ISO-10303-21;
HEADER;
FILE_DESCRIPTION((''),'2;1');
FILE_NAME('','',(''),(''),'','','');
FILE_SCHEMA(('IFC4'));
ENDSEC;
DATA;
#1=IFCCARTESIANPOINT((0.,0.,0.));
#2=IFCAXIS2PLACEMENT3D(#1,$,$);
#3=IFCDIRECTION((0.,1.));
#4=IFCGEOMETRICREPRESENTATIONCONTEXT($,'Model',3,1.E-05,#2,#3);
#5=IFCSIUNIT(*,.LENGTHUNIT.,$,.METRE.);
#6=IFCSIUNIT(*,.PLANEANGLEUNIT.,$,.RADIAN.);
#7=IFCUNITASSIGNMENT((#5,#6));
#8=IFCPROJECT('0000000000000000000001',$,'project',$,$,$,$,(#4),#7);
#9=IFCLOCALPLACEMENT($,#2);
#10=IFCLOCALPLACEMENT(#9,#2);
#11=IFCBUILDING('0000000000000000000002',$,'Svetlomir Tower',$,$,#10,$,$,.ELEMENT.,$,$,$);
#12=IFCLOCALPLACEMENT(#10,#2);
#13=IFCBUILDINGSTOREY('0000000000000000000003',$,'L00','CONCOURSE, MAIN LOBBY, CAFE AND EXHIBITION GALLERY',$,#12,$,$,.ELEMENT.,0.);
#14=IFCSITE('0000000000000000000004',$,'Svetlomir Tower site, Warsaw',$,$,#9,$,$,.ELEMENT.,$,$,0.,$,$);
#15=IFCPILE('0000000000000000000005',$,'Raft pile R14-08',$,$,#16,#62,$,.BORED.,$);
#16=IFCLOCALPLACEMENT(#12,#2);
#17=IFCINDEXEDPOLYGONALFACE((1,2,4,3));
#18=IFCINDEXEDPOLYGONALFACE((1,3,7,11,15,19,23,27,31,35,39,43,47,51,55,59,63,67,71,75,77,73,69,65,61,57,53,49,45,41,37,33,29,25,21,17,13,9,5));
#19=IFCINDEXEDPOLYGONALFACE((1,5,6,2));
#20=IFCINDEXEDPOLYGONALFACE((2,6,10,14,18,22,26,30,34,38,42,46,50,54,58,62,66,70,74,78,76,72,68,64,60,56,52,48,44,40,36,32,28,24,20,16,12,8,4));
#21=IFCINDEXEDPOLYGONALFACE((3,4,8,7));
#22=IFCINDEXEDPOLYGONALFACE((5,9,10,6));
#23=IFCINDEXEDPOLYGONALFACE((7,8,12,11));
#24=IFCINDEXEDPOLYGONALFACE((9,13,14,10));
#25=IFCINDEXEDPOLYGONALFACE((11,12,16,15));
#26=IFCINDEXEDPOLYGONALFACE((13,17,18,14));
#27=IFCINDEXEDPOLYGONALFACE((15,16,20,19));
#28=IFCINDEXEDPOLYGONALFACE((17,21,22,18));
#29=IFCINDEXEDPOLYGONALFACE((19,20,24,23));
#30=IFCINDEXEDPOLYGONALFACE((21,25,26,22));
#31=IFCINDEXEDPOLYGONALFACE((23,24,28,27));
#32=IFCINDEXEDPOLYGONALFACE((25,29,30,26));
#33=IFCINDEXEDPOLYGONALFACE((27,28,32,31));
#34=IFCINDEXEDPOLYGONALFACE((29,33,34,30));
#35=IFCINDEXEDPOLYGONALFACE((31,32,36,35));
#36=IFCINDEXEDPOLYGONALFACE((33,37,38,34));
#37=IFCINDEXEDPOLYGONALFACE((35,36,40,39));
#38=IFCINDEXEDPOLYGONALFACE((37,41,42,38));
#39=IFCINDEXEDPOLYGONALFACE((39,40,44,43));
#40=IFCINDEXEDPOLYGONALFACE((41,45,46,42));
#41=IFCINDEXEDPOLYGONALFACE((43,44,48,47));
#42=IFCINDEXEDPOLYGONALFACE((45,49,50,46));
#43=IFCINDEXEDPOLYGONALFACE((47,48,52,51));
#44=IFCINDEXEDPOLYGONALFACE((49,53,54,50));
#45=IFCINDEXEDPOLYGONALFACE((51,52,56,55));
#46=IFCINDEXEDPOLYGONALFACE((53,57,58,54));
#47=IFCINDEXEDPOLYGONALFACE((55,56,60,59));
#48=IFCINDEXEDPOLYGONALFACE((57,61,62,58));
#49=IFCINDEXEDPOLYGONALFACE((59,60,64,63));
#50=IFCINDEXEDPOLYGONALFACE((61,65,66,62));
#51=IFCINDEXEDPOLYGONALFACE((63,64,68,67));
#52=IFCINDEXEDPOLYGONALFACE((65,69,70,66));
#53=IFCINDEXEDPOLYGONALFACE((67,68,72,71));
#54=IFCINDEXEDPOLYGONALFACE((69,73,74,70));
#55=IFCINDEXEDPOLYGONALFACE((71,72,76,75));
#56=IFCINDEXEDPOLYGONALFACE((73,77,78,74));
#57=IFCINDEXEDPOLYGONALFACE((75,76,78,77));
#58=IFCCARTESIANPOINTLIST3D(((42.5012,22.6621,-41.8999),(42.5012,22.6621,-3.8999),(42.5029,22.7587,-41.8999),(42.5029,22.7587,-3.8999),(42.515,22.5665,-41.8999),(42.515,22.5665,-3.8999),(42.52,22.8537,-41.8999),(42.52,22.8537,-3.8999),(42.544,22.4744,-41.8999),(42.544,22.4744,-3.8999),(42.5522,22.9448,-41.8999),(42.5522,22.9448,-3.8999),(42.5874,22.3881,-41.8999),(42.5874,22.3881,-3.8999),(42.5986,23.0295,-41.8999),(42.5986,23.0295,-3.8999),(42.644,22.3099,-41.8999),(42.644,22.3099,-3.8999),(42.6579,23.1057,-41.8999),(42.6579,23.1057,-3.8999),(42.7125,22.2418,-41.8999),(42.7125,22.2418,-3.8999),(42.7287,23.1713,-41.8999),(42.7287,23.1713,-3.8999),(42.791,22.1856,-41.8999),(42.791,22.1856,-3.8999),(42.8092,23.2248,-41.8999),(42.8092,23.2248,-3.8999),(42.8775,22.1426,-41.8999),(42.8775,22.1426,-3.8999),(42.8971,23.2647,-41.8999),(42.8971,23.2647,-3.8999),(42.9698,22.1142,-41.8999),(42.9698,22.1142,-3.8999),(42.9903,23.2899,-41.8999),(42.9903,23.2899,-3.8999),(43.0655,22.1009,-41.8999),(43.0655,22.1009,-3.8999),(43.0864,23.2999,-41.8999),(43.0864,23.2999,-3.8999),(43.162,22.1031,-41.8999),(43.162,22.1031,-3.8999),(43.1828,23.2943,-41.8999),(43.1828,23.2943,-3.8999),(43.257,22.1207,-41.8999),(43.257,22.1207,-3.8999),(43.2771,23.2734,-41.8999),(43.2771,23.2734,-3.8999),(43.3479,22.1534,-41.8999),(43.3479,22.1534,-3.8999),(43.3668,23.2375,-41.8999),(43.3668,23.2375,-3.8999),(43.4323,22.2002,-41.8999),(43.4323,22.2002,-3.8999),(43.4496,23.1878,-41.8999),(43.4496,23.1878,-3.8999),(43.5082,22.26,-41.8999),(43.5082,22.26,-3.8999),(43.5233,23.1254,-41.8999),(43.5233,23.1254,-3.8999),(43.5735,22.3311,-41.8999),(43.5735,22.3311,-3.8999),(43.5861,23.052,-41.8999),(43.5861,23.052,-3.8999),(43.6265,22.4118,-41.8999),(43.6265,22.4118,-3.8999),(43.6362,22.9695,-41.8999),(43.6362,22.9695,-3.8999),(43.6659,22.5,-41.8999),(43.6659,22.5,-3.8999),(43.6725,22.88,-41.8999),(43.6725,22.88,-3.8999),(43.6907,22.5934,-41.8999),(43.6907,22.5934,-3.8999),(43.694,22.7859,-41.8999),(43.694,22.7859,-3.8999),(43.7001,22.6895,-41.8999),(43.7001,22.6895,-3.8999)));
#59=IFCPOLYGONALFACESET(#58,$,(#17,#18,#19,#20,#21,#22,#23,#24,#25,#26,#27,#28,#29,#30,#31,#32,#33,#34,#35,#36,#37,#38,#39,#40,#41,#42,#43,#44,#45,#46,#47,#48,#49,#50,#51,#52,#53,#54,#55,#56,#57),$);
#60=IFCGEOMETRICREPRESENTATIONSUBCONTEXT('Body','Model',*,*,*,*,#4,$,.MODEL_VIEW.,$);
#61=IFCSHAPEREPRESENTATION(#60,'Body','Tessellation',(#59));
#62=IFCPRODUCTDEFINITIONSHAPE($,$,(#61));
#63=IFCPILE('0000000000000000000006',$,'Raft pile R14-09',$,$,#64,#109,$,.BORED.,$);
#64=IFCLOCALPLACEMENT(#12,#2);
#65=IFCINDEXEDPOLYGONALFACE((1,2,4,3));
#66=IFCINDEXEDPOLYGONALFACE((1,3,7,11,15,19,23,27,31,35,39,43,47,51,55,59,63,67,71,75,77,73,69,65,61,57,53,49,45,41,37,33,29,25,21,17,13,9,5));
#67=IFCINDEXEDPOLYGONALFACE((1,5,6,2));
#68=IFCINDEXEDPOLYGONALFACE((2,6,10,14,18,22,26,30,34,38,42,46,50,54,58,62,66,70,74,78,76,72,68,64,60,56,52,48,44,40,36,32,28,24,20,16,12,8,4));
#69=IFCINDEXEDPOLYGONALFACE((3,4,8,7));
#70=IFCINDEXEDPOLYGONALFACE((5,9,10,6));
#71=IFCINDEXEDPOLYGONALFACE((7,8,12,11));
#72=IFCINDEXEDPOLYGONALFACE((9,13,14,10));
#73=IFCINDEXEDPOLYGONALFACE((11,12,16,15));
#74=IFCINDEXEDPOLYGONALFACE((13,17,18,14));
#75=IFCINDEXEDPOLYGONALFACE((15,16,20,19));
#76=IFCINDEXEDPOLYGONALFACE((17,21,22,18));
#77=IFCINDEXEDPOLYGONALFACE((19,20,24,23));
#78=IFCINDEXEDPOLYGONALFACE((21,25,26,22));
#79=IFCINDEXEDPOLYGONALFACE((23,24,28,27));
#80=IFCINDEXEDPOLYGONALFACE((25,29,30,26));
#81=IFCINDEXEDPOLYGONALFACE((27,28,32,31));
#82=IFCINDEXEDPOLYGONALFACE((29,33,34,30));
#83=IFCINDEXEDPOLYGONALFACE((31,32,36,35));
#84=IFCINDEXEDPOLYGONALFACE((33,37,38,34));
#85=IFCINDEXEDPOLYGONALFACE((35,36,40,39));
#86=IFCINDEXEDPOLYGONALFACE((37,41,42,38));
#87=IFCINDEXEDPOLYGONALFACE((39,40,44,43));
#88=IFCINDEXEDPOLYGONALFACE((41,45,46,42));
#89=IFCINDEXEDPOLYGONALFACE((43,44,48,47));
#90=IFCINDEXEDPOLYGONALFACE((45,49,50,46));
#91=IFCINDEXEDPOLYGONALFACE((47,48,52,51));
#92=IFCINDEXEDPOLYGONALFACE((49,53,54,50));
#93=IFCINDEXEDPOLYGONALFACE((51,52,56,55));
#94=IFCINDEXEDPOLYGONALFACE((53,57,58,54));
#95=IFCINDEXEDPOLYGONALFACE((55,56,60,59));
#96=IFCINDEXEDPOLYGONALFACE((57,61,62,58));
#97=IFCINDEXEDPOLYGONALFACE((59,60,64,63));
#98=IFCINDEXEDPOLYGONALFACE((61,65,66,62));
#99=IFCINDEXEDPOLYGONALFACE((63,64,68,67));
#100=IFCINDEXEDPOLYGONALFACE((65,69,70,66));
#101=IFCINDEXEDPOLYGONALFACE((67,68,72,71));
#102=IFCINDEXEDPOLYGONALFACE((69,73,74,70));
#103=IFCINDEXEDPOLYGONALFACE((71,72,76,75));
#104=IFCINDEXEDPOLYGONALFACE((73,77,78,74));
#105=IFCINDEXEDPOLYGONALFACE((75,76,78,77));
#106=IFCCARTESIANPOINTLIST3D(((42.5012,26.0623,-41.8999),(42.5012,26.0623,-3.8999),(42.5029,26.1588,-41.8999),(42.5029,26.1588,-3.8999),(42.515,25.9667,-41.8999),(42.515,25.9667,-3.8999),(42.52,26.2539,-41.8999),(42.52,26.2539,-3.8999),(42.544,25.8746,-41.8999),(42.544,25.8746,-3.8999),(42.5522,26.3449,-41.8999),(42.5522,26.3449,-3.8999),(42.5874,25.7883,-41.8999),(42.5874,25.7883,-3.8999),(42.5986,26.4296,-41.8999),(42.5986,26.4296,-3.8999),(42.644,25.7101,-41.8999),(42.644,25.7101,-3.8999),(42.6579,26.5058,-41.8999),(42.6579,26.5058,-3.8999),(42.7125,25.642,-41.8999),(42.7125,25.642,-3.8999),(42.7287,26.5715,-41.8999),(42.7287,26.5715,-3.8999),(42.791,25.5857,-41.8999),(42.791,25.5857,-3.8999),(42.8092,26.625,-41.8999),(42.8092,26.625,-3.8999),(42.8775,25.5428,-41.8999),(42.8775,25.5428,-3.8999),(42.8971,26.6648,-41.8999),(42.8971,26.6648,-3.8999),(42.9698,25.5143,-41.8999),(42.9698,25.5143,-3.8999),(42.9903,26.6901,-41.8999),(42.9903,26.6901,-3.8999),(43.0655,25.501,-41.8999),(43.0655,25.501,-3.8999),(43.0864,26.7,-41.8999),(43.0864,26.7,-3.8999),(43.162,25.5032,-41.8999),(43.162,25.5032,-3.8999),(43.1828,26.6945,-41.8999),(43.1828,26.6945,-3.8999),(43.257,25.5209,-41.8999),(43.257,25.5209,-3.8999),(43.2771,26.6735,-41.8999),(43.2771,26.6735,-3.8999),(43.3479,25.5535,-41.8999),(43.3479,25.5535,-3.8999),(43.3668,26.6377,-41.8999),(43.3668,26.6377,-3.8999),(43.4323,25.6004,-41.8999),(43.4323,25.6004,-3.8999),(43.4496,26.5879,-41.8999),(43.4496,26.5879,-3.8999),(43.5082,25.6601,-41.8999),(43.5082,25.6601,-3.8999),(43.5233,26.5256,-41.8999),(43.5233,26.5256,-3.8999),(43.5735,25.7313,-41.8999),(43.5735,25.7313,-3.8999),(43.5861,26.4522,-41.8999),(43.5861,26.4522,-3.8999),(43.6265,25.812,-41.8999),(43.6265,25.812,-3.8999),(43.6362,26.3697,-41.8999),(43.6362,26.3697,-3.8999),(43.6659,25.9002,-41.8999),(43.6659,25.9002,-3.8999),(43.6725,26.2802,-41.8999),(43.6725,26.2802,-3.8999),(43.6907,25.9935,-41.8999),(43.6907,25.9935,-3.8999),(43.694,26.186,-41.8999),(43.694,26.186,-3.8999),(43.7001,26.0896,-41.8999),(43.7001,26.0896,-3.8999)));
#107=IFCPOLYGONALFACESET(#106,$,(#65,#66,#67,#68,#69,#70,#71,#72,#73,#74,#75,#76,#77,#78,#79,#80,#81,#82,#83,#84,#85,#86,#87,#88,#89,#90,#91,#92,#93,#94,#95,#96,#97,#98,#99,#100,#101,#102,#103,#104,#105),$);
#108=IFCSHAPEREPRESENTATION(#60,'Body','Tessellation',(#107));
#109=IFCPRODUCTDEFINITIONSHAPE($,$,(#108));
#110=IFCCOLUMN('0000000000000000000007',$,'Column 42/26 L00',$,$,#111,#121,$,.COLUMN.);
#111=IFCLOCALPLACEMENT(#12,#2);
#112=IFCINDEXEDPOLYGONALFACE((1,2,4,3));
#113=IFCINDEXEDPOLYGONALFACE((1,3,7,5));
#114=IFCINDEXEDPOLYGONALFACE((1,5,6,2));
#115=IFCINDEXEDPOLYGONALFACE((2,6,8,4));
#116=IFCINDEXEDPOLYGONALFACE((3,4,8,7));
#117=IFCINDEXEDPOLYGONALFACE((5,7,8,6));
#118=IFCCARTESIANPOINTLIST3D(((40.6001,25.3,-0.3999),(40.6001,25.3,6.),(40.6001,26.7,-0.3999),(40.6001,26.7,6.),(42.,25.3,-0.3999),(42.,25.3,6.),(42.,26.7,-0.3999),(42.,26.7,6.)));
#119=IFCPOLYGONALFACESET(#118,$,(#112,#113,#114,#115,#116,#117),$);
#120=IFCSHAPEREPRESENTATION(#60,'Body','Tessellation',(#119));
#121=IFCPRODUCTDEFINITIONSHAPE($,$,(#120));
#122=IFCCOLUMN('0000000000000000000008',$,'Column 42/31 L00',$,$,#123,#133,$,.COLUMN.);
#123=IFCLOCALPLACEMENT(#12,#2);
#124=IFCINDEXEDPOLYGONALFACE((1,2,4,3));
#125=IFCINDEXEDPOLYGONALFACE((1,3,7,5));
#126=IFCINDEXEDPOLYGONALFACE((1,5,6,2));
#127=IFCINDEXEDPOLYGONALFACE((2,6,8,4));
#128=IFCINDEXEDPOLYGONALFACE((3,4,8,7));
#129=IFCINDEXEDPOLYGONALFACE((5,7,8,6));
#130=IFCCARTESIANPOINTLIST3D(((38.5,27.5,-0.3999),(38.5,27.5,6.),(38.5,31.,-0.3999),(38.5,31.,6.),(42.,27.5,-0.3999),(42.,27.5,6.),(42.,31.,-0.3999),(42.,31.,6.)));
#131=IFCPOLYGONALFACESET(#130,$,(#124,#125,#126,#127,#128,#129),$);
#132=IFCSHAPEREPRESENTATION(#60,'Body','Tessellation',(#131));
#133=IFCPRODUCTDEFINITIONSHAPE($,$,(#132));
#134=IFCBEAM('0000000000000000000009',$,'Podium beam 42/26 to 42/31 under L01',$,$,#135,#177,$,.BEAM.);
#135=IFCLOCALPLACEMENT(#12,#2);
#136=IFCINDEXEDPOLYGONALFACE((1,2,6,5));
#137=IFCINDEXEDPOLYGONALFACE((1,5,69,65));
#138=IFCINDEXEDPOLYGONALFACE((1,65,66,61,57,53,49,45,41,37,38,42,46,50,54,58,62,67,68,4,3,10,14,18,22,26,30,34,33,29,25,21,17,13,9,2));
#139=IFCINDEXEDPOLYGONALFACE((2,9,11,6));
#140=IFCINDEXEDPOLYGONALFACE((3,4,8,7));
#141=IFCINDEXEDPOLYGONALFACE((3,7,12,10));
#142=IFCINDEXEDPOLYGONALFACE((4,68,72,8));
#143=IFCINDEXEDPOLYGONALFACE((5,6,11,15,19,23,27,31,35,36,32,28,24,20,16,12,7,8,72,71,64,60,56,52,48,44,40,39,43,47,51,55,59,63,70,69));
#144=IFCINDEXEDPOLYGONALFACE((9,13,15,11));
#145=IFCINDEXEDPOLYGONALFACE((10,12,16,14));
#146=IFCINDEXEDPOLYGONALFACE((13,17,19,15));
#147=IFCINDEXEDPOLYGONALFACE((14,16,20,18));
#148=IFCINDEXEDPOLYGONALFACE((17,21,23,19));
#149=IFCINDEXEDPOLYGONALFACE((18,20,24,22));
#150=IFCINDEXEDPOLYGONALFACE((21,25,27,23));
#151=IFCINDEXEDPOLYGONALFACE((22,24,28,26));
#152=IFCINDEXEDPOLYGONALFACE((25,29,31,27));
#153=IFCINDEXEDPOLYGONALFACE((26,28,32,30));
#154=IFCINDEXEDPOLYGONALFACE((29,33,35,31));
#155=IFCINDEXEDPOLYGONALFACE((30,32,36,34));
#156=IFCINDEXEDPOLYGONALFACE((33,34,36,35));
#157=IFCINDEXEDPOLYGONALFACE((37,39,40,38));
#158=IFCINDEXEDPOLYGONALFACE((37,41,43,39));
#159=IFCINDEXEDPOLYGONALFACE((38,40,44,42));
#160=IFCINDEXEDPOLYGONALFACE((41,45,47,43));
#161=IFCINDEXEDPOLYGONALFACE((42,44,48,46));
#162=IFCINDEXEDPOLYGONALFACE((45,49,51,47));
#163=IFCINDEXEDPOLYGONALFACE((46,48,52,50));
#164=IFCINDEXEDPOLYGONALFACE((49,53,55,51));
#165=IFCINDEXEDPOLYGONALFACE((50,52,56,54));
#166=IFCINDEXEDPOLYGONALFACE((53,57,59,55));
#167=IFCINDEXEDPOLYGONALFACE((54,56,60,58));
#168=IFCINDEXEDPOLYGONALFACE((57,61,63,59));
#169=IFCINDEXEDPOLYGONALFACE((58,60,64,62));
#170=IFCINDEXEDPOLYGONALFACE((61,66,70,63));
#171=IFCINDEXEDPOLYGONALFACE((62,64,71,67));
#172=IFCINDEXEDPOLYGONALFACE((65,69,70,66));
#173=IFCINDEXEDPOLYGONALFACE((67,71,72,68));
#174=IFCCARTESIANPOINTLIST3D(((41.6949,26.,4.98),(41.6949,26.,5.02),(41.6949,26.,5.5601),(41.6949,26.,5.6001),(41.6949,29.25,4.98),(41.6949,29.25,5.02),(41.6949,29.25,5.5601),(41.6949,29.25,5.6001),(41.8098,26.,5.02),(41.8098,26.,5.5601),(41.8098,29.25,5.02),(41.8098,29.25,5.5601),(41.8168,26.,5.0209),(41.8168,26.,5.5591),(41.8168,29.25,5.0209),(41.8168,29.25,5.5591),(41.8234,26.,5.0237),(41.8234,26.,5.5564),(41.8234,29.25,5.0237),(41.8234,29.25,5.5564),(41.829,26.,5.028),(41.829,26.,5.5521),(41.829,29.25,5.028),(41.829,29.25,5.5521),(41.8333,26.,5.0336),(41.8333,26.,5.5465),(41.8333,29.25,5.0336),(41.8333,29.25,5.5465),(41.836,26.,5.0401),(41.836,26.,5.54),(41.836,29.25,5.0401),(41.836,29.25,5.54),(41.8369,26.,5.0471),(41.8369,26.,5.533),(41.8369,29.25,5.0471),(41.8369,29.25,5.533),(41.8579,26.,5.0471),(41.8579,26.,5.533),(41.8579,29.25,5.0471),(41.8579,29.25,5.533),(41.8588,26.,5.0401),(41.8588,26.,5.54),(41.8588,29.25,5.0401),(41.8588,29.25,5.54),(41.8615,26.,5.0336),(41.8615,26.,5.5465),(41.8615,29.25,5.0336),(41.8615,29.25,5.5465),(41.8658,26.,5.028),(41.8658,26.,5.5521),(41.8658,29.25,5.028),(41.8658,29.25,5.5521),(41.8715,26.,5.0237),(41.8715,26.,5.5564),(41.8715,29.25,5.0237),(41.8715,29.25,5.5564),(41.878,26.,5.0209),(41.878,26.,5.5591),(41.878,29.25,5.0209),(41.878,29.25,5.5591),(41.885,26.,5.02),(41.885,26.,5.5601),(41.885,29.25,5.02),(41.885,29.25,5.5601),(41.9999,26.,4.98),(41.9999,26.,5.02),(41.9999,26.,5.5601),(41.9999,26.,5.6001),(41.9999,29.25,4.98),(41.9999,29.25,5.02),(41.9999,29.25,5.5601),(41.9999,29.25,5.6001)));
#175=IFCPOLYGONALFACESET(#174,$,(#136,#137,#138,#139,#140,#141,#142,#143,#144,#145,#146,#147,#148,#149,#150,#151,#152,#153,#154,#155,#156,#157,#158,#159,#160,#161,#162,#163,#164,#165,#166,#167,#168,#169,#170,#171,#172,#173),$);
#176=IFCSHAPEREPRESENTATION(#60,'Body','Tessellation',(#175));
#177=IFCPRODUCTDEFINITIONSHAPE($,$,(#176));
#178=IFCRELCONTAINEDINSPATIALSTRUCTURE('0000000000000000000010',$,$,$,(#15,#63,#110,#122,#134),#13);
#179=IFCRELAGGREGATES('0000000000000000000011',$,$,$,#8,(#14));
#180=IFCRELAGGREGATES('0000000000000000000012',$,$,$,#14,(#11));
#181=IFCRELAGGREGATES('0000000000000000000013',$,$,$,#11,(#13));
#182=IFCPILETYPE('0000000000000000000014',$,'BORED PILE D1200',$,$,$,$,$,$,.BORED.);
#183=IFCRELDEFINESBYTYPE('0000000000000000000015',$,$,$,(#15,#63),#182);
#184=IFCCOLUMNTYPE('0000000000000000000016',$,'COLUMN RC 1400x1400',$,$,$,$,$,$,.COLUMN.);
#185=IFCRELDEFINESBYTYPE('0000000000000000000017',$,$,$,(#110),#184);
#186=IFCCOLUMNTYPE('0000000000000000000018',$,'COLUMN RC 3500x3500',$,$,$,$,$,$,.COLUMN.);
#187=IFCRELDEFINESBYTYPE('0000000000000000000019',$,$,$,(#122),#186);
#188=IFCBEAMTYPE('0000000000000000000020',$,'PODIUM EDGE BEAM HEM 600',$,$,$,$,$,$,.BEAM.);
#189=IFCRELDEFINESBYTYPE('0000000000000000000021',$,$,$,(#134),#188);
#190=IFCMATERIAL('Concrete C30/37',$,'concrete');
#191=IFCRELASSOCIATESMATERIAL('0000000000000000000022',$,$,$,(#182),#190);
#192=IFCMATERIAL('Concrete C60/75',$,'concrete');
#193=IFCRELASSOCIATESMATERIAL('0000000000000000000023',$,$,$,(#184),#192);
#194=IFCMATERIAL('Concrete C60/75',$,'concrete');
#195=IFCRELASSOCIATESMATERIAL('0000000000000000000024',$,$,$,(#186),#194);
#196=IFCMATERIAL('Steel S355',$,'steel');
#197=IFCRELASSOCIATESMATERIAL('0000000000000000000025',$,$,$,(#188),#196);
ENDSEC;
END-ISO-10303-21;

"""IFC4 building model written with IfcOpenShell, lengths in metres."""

from ifc_helpers import new_model, si_unit, direction, frame, frame_2d, origin, origin_2d, place, context, subcontext, project, spatial, rectangle, circle, i_section, extrude, material, material_profile, profile_set, type_object, element, save


model = new_model("IFC4")

# Units and contexts
model_context = context("Model", 3, precision=1e-05, world=origin(), true_north=direction((0.0, 1.0)))
body_context = subcontext(model_context, "Body", "Model", "MODEL_VIEW")
ifc_project = project(units=[si_unit("LENGTHUNIT", "METRE"), si_unit("PLANEANGLEUNIT", "RADIAN")], contexts=[model_context])

# Site, building, storey
site_placement = place(None, origin())
site = spatial("IfcSite", under=ifc_project, at=site_placement, Name="Svetlomir Tower site, Warsaw", CompositionType="ELEMENT", RefElevation=0.0)
building_placement = place(site_placement, origin())
building = spatial("IfcBuilding", under=site, at=building_placement, Name="Svetlomir Tower", CompositionType="ELEMENT")
storey_placement = place(building_placement, origin())
storey = spatial("IfcBuildingStorey", under=building, at=storey_placement, Name="L00", Description="CONCOURSE, MAIN LOBBY, CAFE AND EXHIBITION GALLERY", CompositionType="ELEMENT", Elevation=0.0)

# Piles
ifc_material_1 = material(Name="Concrete C30/37", Category="concrete")
ifc_material_profile_1 = material_profile(ifc_material_1, circle(Radius=0.6001, at=origin_2d()), Name="D1200")
ifc_profile_set_1 = profile_set([ifc_material_profile_1], Name="Concrete C30/37")
pile_type = type_object("IfcPileType", Name="BORED PILE D1200", PredefinedType="BORED", material=ifc_profile_set_1)
for number, where, z_axis, x_axis, name in (
    (1, (43.1001, 22.7, -3.8999), (0.0, 0.0, -1.0), (1.0, 0.0, 0.0), "Raft pile R14-08"),
    (2, (43.1001, 26.1001, -3.8999), (0.0, 0.0, -1.0), (1.0, 0.0, 0.0), "Raft pile R14-09"),
):
    element("IfcPile", number, at=place(storey_placement, frame(where, z_axis=z_axis, x_axis=x_axis)), inside=storey, type_object=pile_type, Name=name, PredefinedType="BORED", context=body_context, shape_type="SweptSolid", body=[
        extrude(circle(Radius=0.6001, at=frame_2d((0.0, 0.0), x_axis=(0.999848, 0.017452))), origin(), (0.0, 0.0, 1.0), 38.0),
    ])

# Columns
ifc_material_2 = material(Name="Concrete C60/75", Category="concrete")
ifc_material_profile_2 = material_profile(ifc_material_2, rectangle(XDim=1.3999, YDim=1.3999, at=origin_2d()), Name="RC 1400x1400")
ifc_profile_set_2 = profile_set([ifc_material_profile_2], Name="Concrete C60/75")
column_type_1 = type_object("IfcColumnType", Name="COLUMN RC 1400x1400", PredefinedType="COLUMN", material=ifc_profile_set_2)
column_1_placement = place(storey_placement, frame((41.3, 26.0, -0.3999), z_axis=(0.0, 0.0, 1.0), x_axis=(1.0, 0.0, 0.0)))
element("IfcColumn", 3, at=column_1_placement, inside=storey, type_object=column_type_1, Name="Column 42/26 L00", PredefinedType="COLUMN", context=body_context, shape_type="SweptSolid", body=[
    extrude(rectangle(XDim=1.3999, YDim=1.3999, at=origin_2d()), origin(), (0.0, 0.0, 1.0), 6.3999),
])
ifc_material_3 = material(Name="Concrete C60/75", Category="concrete")
ifc_material_profile_3 = material_profile(ifc_material_3, rectangle(XDim=3.5, YDim=3.5, at=origin_2d()), Name="RC 3500x3500")
ifc_profile_set_3 = profile_set([ifc_material_profile_3], Name="Concrete C60/75")
column_type_2 = type_object("IfcColumnType", Name="COLUMN RC 3500x3500", PredefinedType="COLUMN", material=ifc_profile_set_3)
column_2_placement = place(storey_placement, frame((40.25, 29.25, -0.3999), z_axis=(0.0, 0.0, 1.0), x_axis=(1.0, 0.0, 0.0)))
element("IfcColumn", 4, at=column_2_placement, inside=storey, type_object=column_type_2, Name="Column 42/31 L00", PredefinedType="COLUMN", context=body_context, shape_type="SweptSolid", body=[
    extrude(rectangle(XDim=3.5, YDim=3.5, at=origin_2d()), origin(), (0.0, 0.0, 1.0), 6.3999),
])

# Beam
ifc_material_4 = material(Name="Steel S355", Category="steel")
ifc_material_profile_4 = material_profile(ifc_material_4, i_section(OverallWidth=0.3049, OverallDepth=0.6201, WebThickness=0.021, FlangeThickness=0.04, FilletRadius=0.0271, at=origin_2d()), Name="HEM 600")
ifc_profile_set_4 = profile_set([ifc_material_profile_4], Name="Steel S355")
beam_type = type_object("IfcBeamType", Name="PODIUM EDGE BEAM HEM 600", PredefinedType="BEAM", material=ifc_profile_set_4)
beam_1_placement = place(storey_placement, frame((41.8474, 26.0, 5.29), z_axis=(0.0, 1.0, 0.0), x_axis=(-1.0, 0.0, 0.0)))
element("IfcBeam", 5, at=beam_1_placement, inside=storey, type_object=beam_type, Name="Podium beam 42/26 to 42/31 under L01", PredefinedType="BEAM", context=body_context, shape_type="SweptSolid", body=[
    extrude(i_section(OverallWidth=0.3049, OverallDepth=0.6201, WebThickness=0.021, FlangeThickness=0.04, FilletRadius=0.0271, at=origin_2d()), origin(), (0.0, 0.0, 1.0), 3.25),
])

save(model, "model.ifc")
